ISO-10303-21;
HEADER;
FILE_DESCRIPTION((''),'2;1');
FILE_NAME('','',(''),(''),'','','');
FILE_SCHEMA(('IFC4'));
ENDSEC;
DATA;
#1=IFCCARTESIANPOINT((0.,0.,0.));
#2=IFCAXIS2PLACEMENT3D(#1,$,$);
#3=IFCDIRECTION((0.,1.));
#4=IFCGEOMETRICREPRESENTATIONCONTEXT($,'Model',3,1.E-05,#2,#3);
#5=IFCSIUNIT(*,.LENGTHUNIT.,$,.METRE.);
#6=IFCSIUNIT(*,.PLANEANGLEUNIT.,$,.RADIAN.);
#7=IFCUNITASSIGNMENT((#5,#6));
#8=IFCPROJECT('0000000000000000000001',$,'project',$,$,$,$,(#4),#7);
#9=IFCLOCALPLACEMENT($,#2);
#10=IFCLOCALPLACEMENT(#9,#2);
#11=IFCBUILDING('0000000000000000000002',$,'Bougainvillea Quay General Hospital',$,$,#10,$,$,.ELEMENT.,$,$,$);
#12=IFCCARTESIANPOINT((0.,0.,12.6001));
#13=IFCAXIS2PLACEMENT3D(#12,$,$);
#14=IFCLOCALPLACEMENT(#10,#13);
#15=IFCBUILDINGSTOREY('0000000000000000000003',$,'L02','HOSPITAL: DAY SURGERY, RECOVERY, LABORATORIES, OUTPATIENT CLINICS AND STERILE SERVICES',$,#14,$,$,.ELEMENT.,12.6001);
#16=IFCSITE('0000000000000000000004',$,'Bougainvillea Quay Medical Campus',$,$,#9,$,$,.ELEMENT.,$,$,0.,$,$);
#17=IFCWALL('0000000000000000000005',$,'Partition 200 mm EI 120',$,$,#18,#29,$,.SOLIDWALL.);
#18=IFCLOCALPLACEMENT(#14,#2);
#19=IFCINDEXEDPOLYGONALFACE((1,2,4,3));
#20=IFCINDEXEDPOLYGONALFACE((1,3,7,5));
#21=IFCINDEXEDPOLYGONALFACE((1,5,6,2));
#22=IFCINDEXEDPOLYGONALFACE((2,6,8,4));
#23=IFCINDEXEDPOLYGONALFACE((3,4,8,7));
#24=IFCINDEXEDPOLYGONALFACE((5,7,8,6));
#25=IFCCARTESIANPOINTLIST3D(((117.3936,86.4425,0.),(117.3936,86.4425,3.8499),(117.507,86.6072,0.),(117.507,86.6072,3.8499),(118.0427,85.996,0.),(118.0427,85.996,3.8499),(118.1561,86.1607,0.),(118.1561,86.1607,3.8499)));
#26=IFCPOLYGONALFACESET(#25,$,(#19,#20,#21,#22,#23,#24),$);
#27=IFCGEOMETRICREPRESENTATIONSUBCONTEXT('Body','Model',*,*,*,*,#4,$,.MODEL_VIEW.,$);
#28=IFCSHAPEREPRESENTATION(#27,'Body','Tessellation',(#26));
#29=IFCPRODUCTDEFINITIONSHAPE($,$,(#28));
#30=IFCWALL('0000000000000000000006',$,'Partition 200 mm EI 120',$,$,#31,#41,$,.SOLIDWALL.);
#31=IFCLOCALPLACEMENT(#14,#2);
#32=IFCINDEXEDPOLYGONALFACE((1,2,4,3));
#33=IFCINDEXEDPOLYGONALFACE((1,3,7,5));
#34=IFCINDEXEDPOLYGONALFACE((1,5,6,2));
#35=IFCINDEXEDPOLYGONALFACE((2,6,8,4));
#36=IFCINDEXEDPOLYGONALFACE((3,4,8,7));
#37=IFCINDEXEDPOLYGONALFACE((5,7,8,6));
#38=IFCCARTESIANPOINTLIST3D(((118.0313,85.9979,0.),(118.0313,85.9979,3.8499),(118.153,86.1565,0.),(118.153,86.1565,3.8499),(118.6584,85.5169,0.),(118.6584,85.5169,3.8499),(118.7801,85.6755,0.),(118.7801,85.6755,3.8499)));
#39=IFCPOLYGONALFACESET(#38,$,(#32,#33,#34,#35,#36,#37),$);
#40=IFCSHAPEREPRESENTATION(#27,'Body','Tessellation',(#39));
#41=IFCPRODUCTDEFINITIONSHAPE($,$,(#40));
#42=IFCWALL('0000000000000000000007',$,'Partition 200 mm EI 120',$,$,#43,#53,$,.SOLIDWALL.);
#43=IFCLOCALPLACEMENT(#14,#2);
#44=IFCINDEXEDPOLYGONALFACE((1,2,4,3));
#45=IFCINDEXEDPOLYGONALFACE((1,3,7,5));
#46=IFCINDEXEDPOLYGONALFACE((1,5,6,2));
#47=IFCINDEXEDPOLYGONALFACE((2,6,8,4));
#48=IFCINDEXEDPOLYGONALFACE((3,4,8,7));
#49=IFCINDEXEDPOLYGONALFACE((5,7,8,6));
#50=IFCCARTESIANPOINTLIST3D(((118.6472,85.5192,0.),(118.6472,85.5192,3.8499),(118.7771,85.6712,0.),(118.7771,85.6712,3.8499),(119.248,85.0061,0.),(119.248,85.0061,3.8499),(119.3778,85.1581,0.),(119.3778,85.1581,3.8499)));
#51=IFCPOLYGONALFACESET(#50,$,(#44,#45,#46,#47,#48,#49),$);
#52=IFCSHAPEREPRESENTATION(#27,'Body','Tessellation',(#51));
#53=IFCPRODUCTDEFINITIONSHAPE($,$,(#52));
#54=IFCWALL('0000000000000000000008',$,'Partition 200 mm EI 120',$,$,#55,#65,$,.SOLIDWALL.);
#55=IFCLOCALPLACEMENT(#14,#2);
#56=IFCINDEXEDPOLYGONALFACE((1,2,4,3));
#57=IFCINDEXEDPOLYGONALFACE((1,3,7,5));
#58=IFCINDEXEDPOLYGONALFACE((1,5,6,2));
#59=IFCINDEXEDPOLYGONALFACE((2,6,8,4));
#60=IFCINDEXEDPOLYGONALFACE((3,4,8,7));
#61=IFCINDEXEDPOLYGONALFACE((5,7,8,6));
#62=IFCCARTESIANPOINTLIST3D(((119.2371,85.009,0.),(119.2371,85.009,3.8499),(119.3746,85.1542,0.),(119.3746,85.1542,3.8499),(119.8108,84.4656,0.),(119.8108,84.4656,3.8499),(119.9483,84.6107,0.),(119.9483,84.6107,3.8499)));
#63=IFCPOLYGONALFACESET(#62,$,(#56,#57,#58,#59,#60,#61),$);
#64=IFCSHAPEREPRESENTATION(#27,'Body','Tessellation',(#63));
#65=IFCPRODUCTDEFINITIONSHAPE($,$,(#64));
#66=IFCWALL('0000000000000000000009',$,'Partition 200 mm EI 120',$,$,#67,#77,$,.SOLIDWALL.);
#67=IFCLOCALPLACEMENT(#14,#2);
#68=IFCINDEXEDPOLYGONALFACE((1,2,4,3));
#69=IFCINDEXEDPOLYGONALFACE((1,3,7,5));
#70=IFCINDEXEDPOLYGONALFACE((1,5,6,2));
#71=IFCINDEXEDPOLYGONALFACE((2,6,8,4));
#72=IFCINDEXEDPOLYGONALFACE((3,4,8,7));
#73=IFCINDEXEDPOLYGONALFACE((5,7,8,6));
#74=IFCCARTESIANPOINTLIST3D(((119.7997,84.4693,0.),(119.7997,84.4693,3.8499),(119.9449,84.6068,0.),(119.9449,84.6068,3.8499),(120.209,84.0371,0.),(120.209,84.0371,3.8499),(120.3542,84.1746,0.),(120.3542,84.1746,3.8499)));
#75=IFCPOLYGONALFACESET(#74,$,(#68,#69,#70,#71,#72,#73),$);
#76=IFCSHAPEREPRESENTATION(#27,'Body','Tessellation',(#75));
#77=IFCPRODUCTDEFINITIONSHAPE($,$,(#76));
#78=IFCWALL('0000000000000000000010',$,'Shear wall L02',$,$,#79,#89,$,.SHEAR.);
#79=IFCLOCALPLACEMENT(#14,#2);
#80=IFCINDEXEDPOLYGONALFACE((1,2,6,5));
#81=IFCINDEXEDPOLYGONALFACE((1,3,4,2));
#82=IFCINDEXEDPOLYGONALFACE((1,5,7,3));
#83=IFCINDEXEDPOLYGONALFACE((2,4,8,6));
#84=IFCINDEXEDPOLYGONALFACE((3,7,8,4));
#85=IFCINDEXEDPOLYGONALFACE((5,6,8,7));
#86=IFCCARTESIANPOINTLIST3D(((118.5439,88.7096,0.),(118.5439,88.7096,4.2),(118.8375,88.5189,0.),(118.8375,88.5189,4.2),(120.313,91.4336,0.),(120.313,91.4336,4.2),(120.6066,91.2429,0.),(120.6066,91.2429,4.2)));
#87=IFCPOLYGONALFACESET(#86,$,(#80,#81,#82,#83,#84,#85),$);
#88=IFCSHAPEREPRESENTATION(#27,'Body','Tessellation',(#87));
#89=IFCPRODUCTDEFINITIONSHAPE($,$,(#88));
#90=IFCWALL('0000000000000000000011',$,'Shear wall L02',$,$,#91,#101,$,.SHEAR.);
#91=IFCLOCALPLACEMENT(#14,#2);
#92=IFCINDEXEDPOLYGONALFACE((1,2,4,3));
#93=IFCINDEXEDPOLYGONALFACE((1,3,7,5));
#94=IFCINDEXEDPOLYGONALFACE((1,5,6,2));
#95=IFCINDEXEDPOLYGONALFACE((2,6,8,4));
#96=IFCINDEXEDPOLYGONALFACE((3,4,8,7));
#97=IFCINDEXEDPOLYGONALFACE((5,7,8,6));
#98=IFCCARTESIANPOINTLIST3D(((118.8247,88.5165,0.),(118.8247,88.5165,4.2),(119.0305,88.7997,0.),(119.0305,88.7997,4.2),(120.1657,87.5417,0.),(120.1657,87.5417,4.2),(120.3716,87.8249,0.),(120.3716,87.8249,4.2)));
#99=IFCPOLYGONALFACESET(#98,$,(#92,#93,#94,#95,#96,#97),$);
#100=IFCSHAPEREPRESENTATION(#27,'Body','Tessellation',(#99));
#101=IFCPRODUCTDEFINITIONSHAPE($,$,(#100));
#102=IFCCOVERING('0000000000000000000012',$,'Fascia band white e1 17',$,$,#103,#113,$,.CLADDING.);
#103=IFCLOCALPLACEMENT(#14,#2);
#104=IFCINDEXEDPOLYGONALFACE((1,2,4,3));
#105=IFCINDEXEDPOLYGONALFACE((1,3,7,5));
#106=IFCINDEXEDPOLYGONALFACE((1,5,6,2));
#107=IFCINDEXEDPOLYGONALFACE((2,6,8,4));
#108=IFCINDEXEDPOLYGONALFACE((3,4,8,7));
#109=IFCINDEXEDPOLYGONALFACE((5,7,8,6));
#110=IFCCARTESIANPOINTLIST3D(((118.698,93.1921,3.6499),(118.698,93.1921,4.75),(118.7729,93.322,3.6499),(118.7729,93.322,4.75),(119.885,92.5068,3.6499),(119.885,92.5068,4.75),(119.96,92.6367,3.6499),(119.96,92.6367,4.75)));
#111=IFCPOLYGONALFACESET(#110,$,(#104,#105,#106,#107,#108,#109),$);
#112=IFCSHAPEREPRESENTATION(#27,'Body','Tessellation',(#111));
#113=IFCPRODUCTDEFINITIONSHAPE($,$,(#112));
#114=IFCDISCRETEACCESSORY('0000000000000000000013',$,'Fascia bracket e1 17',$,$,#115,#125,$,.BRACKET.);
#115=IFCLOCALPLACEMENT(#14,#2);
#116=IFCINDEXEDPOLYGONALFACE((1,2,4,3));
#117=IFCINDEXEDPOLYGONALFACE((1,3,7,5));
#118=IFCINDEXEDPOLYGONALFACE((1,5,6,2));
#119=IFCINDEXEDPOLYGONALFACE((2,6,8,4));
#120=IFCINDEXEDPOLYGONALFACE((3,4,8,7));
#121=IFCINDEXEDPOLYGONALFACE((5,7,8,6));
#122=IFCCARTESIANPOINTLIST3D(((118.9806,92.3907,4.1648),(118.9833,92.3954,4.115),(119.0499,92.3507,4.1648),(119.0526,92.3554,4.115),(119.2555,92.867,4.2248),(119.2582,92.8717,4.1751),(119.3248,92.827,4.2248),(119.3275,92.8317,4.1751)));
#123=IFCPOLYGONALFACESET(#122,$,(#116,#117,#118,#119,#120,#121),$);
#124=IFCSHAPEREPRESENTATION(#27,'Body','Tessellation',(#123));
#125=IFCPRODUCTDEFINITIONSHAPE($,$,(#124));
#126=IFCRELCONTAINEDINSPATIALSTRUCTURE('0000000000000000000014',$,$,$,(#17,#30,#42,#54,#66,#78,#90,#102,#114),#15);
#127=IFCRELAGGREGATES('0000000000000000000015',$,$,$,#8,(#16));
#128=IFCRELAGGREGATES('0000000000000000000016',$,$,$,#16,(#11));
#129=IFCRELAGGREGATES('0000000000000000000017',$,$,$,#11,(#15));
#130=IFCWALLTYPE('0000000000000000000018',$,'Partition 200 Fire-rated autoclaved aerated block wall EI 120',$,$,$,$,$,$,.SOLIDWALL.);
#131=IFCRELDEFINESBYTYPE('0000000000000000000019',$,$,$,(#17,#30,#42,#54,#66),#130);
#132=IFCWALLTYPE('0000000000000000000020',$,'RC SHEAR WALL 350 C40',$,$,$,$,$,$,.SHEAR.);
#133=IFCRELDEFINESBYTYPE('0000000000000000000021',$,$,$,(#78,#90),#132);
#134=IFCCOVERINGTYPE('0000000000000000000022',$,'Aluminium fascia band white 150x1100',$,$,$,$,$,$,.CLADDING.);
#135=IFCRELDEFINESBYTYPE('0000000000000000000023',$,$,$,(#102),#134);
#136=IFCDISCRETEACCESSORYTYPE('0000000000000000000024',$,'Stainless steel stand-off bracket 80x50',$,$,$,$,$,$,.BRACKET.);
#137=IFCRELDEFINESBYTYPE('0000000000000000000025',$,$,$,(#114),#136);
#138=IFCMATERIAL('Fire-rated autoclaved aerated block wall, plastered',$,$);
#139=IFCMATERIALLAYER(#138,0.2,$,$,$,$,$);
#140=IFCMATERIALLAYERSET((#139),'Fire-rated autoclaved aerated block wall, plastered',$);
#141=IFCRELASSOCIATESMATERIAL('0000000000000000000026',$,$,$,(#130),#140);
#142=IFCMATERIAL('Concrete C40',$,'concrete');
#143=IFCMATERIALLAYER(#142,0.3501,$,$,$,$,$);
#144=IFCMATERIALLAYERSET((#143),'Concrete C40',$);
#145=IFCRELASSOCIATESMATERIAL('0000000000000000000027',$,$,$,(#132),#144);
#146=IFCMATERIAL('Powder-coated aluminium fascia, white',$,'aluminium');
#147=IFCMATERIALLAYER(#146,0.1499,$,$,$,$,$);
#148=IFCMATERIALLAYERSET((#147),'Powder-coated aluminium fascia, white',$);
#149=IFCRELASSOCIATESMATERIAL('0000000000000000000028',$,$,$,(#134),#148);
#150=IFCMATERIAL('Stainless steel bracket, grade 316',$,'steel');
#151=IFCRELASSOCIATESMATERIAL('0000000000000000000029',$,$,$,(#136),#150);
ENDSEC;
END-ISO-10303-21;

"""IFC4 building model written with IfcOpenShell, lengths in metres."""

from ifc_helpers import new_model, si_unit, direction, frame, frame_2d, origin, origin_2d, place, context, subcontext, project, spatial, polyline, rectangle, outline, extrude, material, layer, layer_set, material_profile, profile_set, type_object, element, save


model = new_model("IFC4")

# Units and contexts
model_context = context("Model", 3, precision=1e-05, world=origin(), true_north=direction((0.0, 1.0)))
body_context = subcontext(model_context, "Body", "Model", "MODEL_VIEW")
ifc_project = project(units=[si_unit("LENGTHUNIT", "METRE"), si_unit("PLANEANGLEUNIT", "RADIAN")], contexts=[model_context])

# Site, building, storey
site_placement = place(None, origin())
site = spatial("IfcSite", under=ifc_project, at=site_placement, Name="Bougainvillea Quay Medical Campus", CompositionType="ELEMENT", RefElevation=0.0)
building_placement = place(site_placement, origin())
building = spatial("IfcBuilding", under=site, at=building_placement, Name="Bougainvillea Quay General Hospital", CompositionType="ELEMENT")
storey_placement = place(building_placement, frame((0.0, 0.0, 12.6001)))
storey = spatial("IfcBuildingStorey", under=building, at=storey_placement, Name="L02", Description="HOSPITAL: DAY SURGERY, RECOVERY, LABORATORIES, OUTPATIENT CLINICS AND STERILE SERVICES", CompositionType="ELEMENT", Elevation=12.6001)

# Shared definitions
ifc_material_1 = material(Name="Concrete C40", Category="concrete")

# Shared definitions
ifc_material_2 = material(Name="Fire-rated autoclaved aerated block wall, plastered")
ifc_layer_1 = layer(ifc_material_2, 0.2)
ifc_layer_set_1 = layer_set([ifc_layer_1], Name="Fire-rated autoclaved aerated block wall, plastered")
wall_type_1 = type_object("IfcWallType", Name="Partition 200 Fire-rated autoclaved aerated block wall EI 120", PredefinedType="SOLIDWALL", material=ifc_layer_set_1)

# Walls
wall_1_placement = place(storey_placement, frame((117.4502, 86.5249, 0.0), z_axis=(0.0, 0.0, 1.0), x_axis=(0.823906, -0.566726, 0.0)))
element("IfcWall", 1, at=wall_1_placement, inside=storey, type_object=wall_type_1, Name="Partition 200 mm EI 120", PredefinedType="SOLIDWALL", context=body_context, shape_type="SweptSolid", body=[
    extrude(rectangle(XDim=0.7878, YDim=0.2, at=frame_2d((0.394, 0.0))), origin(), (0.0, 0.0, 1.0), 3.8499),
])
wall_2_placement = place(storey_placement, frame((118.0923, 86.0771, 0.0), z_axis=(0.0, 0.0, 1.0), x_axis=(0.793427, -0.608665, 0.0)))
element("IfcWall", 2, at=wall_2_placement, inside=storey, type_object=wall_type_1, Name="Partition 200 mm EI 120", PredefinedType="SOLIDWALL", context=body_context, shape_type="SweptSolid", body=[
    extrude(rectangle(XDim=0.7903, YDim=0.2, at=frame_2d((0.395, 0.0))), origin(), (0.0, 0.0, 1.0), 3.8499),
])
wall_3_placement = place(storey_placement, frame((118.7122, 85.5952, 0.0), z_axis=(0.0, 0.0, 1.0), x_axis=(0.76039, -0.649467, 0.0)))
element("IfcWall", 3, at=wall_3_placement, inside=storey, type_object=wall_type_1, Name="Partition 200 mm EI 120", PredefinedType="SOLIDWALL", context=body_context, shape_type="SweptSolid", body=[
    extrude(rectangle(XDim=0.79, YDim=0.2, at=frame_2d((0.395, 0.0))), origin(), (0.0, 0.0, 1.0), 3.8499),
])
wall_4_placement = place(storey_placement, frame((119.3059, 85.0815, 0.0), z_axis=(0.0, 0.0, 1.0), x_axis=(0.726001, -0.687693, 0.0)))
element("IfcWall", 4, at=wall_4_placement, inside=storey, type_object=wall_type_1, Name="Partition 200 mm EI 120", PredefinedType="SOLIDWALL", context=body_context, shape_type="SweptSolid", body=[
    extrude(rectangle(XDim=0.7903, YDim=0.2, at=frame_2d((0.395, 0.0))), origin(), (0.0, 0.0, 1.0), 3.8499),
])
wall_5_placement = place(storey_placement, frame((119.8723, 84.5381, 0.0), z_axis=(0.0, 0.0, 1.0), x_axis=(0.687563, -0.726125, 0.0)))
element("IfcWall", 5, at=wall_5_placement, inside=storey, type_object=wall_type_1, Name="Partition 200 mm EI 120", PredefinedType="SOLIDWALL", context=body_context, shape_type="SweptSolid", body=[
    extrude(rectangle(XDim=0.5952, YDim=0.2, at=frame_2d((0.2976, 0.0))), origin(), (0.0, 0.0, 1.0), 3.8499),
])
ifc_layer_2 = layer(ifc_material_1, 0.3501)
ifc_layer_set_2 = layer_set([ifc_layer_2], Name="Concrete C40")
wall_type_2 = type_object("IfcWallType", Name="RC SHEAR WALL 350 C40", PredefinedType="SHEAR", material=ifc_layer_set_2)
wall_6_placement = place(storey_placement, frame((118.6907, 88.6143, 0.0), z_axis=(0.0, 0.0, 1.0), x_axis=(0.544669, 0.838651, 0.0)))
element("IfcWall", 6, at=wall_6_placement, inside=storey, type_object=wall_type_2, Name="Shear wall L02", PredefinedType="SHEAR", context=body_context, shape_type="SweptSolid", body=[
    extrude(rectangle(XDim=3.248, YDim=0.3501, at=frame_2d((1.624, 0.0))), origin(), (0.0, 0.0, 1.0), 4.2),
])
wall_7_placement = place(storey_placement, frame((118.9275, 88.6582, 0.0), z_axis=(0.0, 0.0, 1.0), x_axis=(0.80887, -0.587988, 0.0)))
element("IfcWall", 7, at=wall_7_placement, inside=storey, type_object=wall_type_2, Name="Shear wall L02", PredefinedType="SHEAR", context=body_context, shape_type="SweptSolid", body=[
    extrude(rectangle(XDim=1.658, YDim=0.3501, at=frame_2d((0.8291, 0.0))), origin(), (0.0, 0.0, 1.0), 4.2),
])

# Covering
ifc_material_3 = material(Name="Powder-coated aluminium fascia, white", Category="aluminium")
ifc_layer_3 = layer(ifc_material_3, 0.1499)
ifc_layer_set_3 = layer_set([ifc_layer_3], Name="Powder-coated aluminium fascia, white")
covering_type = type_object("IfcCoveringType", Name="Aluminium fascia band white 150x1100", PredefinedType="CLADDING", material=ifc_layer_set_3)
covering_placement = place(storey_placement, frame((119.885, 92.5068, 3.6499), z_axis=(0.0, 0.0, 1.0), x_axis=(-0.866031, 0.49999, 0.0)))
element("IfcCovering", 8, at=covering_placement, inside=storey, type_object=covering_type, Name="Fascia band white e1 17", PredefinedType="CLADDING", context=body_context, shape_type="SweptSolid", body=[
    extrude(outline(polyline([(0.0, 0.0), (1.3706, 0.0), (1.3707, -0.15), (0.0, -0.15), (0.0, 0.0)])), origin(), (0.0, 0.0, 1.0), 1.1001),
])

# Discrete accessory
ifc_material_4 = material(Name="Stainless steel bracket, grade 316", Category="steel")
ifc_material_profile_1 = material_profile(ifc_material_4, rectangle(XDim=0.0801, YDim=0.05, at=origin_2d()))
ifc_profile_set_1 = profile_set([ifc_material_profile_1], Name="Stainless steel bracket, grade 316")
discrete_accessory_type = type_object("IfcDiscreteAccessoryType", Name="Stainless steel stand-off bracket 80x50", PredefinedType="BRACKET", material=ifc_profile_set_1)
discrete_accessory_placement = place(storey_placement, frame((119.0166, 92.373, 4.1399), z_axis=(0.496909, 0.860985, 0.108561), x_axis=(-0.866104, 0.499863, 0.0)))
element("IfcDiscreteAccessory", 9, at=discrete_accessory_placement, inside=storey, type_object=discrete_accessory_type, Name="Fascia bracket e1 17", PredefinedType="BRACKET", context=body_context, shape_type="SweptSolid", body=[
    extrude(rectangle(XDim=0.0801, YDim=0.05, at=origin_2d()), origin(), (0.0, 0.0, 1.0), 0.5532),
])

save(model, "model.ifc")
